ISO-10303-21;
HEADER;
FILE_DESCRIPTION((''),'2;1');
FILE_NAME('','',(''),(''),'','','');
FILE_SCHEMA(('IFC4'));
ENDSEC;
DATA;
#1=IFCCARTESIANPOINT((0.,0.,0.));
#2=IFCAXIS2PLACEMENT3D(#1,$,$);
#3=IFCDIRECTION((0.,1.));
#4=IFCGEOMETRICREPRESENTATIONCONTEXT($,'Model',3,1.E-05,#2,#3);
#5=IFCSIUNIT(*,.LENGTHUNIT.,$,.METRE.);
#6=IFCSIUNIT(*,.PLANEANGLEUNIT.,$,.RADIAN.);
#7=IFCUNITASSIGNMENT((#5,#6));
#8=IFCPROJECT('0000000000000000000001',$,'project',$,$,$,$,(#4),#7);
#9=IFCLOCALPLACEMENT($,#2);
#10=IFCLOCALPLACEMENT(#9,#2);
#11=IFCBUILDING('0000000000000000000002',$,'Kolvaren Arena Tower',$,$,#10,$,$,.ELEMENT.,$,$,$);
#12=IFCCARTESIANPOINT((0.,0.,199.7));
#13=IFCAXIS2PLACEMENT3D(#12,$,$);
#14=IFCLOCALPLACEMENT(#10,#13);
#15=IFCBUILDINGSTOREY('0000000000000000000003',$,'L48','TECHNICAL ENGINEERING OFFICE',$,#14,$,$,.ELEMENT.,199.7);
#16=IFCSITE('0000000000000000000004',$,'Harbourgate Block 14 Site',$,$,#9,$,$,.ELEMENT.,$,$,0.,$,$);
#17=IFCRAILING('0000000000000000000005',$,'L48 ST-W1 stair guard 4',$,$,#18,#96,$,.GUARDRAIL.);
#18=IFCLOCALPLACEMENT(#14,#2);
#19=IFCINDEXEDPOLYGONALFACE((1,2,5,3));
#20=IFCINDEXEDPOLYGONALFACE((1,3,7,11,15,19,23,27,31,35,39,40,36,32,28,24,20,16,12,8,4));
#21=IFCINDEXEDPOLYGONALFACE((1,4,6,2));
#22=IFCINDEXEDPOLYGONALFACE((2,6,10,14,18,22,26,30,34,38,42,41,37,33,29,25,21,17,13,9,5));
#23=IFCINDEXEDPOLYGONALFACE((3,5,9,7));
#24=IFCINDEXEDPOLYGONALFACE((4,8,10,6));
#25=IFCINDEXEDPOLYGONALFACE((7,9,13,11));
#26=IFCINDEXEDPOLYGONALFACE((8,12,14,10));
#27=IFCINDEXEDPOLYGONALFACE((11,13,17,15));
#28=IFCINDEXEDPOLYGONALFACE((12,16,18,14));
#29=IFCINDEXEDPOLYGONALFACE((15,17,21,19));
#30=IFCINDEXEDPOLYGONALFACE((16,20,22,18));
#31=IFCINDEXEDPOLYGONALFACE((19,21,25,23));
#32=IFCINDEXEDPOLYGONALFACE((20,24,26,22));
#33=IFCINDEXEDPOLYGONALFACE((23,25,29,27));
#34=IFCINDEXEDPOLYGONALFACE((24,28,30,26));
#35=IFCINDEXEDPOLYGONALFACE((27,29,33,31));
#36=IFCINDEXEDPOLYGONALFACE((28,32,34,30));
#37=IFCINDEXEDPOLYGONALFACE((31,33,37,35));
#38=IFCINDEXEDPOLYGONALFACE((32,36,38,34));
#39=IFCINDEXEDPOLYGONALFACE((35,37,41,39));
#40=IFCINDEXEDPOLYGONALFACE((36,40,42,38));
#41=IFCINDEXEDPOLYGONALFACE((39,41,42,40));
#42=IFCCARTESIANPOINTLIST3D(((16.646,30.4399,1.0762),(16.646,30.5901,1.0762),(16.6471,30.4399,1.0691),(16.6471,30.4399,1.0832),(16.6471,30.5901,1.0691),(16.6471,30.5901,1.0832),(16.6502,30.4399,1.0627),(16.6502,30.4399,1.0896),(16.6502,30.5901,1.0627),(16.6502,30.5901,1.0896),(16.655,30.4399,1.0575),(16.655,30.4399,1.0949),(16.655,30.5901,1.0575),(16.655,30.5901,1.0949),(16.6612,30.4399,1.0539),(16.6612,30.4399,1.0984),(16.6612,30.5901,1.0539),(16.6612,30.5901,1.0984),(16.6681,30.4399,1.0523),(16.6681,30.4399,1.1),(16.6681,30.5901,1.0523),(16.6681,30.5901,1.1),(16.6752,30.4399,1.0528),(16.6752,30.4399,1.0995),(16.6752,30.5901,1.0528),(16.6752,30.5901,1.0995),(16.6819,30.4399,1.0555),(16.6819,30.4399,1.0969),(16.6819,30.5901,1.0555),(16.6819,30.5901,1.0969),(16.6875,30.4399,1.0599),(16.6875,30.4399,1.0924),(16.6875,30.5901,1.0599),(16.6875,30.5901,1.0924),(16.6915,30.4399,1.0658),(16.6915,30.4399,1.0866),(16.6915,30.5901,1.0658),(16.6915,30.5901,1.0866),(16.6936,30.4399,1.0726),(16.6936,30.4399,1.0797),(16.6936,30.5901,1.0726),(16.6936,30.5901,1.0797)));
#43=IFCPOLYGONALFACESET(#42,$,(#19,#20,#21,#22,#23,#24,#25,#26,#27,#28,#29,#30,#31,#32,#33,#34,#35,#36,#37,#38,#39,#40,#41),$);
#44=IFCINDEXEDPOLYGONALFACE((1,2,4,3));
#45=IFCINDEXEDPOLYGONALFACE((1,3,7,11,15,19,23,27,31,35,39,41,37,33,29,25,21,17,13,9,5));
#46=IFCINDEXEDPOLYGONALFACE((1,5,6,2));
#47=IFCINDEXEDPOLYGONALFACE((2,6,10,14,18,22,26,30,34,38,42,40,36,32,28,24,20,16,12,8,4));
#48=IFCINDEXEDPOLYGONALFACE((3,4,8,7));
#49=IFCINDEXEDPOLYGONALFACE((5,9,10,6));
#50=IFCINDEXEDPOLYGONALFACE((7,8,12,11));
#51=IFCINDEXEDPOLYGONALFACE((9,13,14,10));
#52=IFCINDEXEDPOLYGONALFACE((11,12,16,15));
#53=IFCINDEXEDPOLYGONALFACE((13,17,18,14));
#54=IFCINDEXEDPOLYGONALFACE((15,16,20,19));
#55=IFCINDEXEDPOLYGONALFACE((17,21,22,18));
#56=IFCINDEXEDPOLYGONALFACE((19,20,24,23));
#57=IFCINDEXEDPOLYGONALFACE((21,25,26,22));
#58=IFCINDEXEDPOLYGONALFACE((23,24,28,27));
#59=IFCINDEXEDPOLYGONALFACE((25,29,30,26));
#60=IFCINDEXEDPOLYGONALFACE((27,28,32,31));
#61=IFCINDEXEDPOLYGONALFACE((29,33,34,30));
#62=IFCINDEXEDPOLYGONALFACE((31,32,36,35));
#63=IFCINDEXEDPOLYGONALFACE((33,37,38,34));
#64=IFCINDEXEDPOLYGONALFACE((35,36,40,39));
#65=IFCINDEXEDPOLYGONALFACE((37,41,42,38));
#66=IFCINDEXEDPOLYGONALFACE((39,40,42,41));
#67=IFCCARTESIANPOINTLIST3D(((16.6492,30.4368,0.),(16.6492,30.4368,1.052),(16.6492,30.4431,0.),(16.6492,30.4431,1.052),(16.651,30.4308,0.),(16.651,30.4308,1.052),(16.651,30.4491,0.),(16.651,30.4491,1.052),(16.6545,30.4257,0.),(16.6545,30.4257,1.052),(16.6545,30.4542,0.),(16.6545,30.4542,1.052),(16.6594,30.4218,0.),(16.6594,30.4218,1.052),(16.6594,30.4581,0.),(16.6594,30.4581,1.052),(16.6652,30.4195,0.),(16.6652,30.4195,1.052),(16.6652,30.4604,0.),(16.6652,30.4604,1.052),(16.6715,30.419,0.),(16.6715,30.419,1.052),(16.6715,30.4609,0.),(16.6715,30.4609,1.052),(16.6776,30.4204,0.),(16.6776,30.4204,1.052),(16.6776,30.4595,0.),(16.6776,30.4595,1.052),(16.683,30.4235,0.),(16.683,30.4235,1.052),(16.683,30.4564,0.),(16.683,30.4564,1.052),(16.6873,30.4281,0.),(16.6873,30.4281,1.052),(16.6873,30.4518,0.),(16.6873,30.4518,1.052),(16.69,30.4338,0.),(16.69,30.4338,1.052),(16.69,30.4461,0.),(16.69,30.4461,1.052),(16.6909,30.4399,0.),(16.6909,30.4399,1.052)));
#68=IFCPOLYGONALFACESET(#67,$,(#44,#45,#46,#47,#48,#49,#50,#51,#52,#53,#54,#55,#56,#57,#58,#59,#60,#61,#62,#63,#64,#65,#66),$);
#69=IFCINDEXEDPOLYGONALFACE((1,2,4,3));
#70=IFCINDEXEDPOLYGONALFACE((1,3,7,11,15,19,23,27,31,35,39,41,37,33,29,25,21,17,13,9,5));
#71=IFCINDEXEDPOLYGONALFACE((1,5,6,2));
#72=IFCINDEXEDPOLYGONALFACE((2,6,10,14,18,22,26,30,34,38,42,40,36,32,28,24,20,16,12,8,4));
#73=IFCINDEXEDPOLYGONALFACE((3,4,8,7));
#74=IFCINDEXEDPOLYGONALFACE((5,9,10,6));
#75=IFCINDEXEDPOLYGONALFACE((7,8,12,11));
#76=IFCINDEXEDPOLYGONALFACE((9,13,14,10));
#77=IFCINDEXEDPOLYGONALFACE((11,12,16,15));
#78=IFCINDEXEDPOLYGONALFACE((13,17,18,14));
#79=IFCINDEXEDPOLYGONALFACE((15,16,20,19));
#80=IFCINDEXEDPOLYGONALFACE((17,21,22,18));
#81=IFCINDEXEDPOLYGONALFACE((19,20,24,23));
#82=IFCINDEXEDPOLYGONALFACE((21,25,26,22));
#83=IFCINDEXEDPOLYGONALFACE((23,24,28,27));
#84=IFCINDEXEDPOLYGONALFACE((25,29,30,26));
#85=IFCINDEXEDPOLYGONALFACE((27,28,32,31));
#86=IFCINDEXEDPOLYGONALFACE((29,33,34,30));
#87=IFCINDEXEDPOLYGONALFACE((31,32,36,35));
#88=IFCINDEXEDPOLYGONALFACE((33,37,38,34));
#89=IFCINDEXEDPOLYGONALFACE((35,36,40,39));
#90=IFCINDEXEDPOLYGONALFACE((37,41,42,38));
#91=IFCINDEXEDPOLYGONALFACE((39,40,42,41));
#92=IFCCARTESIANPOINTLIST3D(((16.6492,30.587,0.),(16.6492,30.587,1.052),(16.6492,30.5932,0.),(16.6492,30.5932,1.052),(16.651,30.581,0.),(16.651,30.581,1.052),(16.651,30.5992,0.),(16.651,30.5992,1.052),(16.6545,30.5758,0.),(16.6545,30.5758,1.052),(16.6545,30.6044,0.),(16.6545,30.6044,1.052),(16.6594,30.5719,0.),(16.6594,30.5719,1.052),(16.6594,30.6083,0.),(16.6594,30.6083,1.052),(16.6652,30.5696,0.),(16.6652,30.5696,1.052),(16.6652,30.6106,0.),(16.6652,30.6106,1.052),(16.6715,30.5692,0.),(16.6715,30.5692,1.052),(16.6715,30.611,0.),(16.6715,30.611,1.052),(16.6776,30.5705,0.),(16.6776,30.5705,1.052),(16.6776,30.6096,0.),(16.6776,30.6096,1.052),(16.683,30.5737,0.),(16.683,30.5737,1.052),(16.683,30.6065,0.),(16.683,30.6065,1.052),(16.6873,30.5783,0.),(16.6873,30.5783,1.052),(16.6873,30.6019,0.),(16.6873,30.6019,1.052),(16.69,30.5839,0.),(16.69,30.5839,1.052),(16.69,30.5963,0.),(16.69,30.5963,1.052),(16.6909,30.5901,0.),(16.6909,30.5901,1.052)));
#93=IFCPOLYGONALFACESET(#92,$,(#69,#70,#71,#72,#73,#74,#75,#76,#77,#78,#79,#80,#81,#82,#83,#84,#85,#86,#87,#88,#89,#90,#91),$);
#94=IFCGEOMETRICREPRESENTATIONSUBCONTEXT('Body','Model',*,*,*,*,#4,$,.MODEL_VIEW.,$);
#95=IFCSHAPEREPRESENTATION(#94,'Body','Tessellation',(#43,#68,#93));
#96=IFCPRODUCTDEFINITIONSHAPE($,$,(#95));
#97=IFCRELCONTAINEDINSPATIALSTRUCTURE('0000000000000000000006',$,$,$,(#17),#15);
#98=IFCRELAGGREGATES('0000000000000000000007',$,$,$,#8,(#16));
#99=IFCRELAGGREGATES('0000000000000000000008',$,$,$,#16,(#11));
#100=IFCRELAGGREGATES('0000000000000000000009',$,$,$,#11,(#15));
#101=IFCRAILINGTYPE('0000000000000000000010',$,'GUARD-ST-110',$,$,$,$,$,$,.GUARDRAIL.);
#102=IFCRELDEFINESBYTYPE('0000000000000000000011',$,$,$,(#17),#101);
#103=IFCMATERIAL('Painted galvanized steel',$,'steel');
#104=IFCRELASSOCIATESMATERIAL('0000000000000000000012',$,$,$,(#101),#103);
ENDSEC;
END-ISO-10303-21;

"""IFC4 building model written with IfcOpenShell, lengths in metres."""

from ifc_helpers import new_model, si_unit, direction, frame, origin, origin_2d, place, context, subcontext, project, spatial, circle, extrude, material, type_object, element, save


model = new_model("IFC4")

# Units and contexts
model_context = context("Model", 3, precision=1e-05, world=origin(), true_north=direction((0.0, 1.0)))
body_context = subcontext(model_context, "Body", "Model", "MODEL_VIEW")
ifc_project = project(units=[si_unit("LENGTHUNIT", "METRE"), si_unit("PLANEANGLEUNIT", "RADIAN")], contexts=[model_context])

# Site, building, storey
site_placement = place(None, origin())
site = spatial("IfcSite", under=ifc_project, at=site_placement, Name="Harbourgate Block 14 Site", CompositionType="ELEMENT", RefElevation=0.0)
building_placement = place(site_placement, origin())
building = spatial("IfcBuilding", under=site, at=building_placement, Name="Kolvaren Arena Tower", CompositionType="ELEMENT")
storey_placement = place(building_placement, frame((0.0, 0.0, 199.7)))
storey = spatial("IfcBuildingStorey", under=building, at=storey_placement, Name="L48", Description="TECHNICAL ENGINEERING OFFICE", CompositionType="ELEMENT", Elevation=199.7)

# Railing
ifc_material_1 = material(Name="Painted galvanized steel", Category="steel")
railing_type_1 = type_object("IfcRailingType", Name="GUARD-ST-110", PredefinedType="GUARDRAIL", material=ifc_material_1)
railing_1_placement = place(storey_placement, frame((16.6699, 30.4399, 0.0)))
element("IfcRailing", 1, at=railing_1_placement, inside=storey, type_object=railing_type_1, Name="L48 ST-W1 stair guard 4", PredefinedType="GUARDRAIL", context=body_context, shape_type="SweptSolid", body=[
    extrude(circle(Radius=0.0239, at=origin_2d()), frame((0.0, 0.0, 1.0762), z_axis=(0.0, 1.0, 0.0), x_axis=(-1.0, 0.0, 0.0)), (0.0, 0.0, 1.0), 0.1501),
    extrude(circle(Radius=0.021, at=origin_2d()), origin(), (0.0, 0.0, 1.0), 1.052),
    extrude(circle(Radius=0.021, at=origin_2d()), frame((0.0, 0.1501, 0.0)), (0.0, 0.0, 1.0), 1.052),
])

save(model, "model.ifc")
